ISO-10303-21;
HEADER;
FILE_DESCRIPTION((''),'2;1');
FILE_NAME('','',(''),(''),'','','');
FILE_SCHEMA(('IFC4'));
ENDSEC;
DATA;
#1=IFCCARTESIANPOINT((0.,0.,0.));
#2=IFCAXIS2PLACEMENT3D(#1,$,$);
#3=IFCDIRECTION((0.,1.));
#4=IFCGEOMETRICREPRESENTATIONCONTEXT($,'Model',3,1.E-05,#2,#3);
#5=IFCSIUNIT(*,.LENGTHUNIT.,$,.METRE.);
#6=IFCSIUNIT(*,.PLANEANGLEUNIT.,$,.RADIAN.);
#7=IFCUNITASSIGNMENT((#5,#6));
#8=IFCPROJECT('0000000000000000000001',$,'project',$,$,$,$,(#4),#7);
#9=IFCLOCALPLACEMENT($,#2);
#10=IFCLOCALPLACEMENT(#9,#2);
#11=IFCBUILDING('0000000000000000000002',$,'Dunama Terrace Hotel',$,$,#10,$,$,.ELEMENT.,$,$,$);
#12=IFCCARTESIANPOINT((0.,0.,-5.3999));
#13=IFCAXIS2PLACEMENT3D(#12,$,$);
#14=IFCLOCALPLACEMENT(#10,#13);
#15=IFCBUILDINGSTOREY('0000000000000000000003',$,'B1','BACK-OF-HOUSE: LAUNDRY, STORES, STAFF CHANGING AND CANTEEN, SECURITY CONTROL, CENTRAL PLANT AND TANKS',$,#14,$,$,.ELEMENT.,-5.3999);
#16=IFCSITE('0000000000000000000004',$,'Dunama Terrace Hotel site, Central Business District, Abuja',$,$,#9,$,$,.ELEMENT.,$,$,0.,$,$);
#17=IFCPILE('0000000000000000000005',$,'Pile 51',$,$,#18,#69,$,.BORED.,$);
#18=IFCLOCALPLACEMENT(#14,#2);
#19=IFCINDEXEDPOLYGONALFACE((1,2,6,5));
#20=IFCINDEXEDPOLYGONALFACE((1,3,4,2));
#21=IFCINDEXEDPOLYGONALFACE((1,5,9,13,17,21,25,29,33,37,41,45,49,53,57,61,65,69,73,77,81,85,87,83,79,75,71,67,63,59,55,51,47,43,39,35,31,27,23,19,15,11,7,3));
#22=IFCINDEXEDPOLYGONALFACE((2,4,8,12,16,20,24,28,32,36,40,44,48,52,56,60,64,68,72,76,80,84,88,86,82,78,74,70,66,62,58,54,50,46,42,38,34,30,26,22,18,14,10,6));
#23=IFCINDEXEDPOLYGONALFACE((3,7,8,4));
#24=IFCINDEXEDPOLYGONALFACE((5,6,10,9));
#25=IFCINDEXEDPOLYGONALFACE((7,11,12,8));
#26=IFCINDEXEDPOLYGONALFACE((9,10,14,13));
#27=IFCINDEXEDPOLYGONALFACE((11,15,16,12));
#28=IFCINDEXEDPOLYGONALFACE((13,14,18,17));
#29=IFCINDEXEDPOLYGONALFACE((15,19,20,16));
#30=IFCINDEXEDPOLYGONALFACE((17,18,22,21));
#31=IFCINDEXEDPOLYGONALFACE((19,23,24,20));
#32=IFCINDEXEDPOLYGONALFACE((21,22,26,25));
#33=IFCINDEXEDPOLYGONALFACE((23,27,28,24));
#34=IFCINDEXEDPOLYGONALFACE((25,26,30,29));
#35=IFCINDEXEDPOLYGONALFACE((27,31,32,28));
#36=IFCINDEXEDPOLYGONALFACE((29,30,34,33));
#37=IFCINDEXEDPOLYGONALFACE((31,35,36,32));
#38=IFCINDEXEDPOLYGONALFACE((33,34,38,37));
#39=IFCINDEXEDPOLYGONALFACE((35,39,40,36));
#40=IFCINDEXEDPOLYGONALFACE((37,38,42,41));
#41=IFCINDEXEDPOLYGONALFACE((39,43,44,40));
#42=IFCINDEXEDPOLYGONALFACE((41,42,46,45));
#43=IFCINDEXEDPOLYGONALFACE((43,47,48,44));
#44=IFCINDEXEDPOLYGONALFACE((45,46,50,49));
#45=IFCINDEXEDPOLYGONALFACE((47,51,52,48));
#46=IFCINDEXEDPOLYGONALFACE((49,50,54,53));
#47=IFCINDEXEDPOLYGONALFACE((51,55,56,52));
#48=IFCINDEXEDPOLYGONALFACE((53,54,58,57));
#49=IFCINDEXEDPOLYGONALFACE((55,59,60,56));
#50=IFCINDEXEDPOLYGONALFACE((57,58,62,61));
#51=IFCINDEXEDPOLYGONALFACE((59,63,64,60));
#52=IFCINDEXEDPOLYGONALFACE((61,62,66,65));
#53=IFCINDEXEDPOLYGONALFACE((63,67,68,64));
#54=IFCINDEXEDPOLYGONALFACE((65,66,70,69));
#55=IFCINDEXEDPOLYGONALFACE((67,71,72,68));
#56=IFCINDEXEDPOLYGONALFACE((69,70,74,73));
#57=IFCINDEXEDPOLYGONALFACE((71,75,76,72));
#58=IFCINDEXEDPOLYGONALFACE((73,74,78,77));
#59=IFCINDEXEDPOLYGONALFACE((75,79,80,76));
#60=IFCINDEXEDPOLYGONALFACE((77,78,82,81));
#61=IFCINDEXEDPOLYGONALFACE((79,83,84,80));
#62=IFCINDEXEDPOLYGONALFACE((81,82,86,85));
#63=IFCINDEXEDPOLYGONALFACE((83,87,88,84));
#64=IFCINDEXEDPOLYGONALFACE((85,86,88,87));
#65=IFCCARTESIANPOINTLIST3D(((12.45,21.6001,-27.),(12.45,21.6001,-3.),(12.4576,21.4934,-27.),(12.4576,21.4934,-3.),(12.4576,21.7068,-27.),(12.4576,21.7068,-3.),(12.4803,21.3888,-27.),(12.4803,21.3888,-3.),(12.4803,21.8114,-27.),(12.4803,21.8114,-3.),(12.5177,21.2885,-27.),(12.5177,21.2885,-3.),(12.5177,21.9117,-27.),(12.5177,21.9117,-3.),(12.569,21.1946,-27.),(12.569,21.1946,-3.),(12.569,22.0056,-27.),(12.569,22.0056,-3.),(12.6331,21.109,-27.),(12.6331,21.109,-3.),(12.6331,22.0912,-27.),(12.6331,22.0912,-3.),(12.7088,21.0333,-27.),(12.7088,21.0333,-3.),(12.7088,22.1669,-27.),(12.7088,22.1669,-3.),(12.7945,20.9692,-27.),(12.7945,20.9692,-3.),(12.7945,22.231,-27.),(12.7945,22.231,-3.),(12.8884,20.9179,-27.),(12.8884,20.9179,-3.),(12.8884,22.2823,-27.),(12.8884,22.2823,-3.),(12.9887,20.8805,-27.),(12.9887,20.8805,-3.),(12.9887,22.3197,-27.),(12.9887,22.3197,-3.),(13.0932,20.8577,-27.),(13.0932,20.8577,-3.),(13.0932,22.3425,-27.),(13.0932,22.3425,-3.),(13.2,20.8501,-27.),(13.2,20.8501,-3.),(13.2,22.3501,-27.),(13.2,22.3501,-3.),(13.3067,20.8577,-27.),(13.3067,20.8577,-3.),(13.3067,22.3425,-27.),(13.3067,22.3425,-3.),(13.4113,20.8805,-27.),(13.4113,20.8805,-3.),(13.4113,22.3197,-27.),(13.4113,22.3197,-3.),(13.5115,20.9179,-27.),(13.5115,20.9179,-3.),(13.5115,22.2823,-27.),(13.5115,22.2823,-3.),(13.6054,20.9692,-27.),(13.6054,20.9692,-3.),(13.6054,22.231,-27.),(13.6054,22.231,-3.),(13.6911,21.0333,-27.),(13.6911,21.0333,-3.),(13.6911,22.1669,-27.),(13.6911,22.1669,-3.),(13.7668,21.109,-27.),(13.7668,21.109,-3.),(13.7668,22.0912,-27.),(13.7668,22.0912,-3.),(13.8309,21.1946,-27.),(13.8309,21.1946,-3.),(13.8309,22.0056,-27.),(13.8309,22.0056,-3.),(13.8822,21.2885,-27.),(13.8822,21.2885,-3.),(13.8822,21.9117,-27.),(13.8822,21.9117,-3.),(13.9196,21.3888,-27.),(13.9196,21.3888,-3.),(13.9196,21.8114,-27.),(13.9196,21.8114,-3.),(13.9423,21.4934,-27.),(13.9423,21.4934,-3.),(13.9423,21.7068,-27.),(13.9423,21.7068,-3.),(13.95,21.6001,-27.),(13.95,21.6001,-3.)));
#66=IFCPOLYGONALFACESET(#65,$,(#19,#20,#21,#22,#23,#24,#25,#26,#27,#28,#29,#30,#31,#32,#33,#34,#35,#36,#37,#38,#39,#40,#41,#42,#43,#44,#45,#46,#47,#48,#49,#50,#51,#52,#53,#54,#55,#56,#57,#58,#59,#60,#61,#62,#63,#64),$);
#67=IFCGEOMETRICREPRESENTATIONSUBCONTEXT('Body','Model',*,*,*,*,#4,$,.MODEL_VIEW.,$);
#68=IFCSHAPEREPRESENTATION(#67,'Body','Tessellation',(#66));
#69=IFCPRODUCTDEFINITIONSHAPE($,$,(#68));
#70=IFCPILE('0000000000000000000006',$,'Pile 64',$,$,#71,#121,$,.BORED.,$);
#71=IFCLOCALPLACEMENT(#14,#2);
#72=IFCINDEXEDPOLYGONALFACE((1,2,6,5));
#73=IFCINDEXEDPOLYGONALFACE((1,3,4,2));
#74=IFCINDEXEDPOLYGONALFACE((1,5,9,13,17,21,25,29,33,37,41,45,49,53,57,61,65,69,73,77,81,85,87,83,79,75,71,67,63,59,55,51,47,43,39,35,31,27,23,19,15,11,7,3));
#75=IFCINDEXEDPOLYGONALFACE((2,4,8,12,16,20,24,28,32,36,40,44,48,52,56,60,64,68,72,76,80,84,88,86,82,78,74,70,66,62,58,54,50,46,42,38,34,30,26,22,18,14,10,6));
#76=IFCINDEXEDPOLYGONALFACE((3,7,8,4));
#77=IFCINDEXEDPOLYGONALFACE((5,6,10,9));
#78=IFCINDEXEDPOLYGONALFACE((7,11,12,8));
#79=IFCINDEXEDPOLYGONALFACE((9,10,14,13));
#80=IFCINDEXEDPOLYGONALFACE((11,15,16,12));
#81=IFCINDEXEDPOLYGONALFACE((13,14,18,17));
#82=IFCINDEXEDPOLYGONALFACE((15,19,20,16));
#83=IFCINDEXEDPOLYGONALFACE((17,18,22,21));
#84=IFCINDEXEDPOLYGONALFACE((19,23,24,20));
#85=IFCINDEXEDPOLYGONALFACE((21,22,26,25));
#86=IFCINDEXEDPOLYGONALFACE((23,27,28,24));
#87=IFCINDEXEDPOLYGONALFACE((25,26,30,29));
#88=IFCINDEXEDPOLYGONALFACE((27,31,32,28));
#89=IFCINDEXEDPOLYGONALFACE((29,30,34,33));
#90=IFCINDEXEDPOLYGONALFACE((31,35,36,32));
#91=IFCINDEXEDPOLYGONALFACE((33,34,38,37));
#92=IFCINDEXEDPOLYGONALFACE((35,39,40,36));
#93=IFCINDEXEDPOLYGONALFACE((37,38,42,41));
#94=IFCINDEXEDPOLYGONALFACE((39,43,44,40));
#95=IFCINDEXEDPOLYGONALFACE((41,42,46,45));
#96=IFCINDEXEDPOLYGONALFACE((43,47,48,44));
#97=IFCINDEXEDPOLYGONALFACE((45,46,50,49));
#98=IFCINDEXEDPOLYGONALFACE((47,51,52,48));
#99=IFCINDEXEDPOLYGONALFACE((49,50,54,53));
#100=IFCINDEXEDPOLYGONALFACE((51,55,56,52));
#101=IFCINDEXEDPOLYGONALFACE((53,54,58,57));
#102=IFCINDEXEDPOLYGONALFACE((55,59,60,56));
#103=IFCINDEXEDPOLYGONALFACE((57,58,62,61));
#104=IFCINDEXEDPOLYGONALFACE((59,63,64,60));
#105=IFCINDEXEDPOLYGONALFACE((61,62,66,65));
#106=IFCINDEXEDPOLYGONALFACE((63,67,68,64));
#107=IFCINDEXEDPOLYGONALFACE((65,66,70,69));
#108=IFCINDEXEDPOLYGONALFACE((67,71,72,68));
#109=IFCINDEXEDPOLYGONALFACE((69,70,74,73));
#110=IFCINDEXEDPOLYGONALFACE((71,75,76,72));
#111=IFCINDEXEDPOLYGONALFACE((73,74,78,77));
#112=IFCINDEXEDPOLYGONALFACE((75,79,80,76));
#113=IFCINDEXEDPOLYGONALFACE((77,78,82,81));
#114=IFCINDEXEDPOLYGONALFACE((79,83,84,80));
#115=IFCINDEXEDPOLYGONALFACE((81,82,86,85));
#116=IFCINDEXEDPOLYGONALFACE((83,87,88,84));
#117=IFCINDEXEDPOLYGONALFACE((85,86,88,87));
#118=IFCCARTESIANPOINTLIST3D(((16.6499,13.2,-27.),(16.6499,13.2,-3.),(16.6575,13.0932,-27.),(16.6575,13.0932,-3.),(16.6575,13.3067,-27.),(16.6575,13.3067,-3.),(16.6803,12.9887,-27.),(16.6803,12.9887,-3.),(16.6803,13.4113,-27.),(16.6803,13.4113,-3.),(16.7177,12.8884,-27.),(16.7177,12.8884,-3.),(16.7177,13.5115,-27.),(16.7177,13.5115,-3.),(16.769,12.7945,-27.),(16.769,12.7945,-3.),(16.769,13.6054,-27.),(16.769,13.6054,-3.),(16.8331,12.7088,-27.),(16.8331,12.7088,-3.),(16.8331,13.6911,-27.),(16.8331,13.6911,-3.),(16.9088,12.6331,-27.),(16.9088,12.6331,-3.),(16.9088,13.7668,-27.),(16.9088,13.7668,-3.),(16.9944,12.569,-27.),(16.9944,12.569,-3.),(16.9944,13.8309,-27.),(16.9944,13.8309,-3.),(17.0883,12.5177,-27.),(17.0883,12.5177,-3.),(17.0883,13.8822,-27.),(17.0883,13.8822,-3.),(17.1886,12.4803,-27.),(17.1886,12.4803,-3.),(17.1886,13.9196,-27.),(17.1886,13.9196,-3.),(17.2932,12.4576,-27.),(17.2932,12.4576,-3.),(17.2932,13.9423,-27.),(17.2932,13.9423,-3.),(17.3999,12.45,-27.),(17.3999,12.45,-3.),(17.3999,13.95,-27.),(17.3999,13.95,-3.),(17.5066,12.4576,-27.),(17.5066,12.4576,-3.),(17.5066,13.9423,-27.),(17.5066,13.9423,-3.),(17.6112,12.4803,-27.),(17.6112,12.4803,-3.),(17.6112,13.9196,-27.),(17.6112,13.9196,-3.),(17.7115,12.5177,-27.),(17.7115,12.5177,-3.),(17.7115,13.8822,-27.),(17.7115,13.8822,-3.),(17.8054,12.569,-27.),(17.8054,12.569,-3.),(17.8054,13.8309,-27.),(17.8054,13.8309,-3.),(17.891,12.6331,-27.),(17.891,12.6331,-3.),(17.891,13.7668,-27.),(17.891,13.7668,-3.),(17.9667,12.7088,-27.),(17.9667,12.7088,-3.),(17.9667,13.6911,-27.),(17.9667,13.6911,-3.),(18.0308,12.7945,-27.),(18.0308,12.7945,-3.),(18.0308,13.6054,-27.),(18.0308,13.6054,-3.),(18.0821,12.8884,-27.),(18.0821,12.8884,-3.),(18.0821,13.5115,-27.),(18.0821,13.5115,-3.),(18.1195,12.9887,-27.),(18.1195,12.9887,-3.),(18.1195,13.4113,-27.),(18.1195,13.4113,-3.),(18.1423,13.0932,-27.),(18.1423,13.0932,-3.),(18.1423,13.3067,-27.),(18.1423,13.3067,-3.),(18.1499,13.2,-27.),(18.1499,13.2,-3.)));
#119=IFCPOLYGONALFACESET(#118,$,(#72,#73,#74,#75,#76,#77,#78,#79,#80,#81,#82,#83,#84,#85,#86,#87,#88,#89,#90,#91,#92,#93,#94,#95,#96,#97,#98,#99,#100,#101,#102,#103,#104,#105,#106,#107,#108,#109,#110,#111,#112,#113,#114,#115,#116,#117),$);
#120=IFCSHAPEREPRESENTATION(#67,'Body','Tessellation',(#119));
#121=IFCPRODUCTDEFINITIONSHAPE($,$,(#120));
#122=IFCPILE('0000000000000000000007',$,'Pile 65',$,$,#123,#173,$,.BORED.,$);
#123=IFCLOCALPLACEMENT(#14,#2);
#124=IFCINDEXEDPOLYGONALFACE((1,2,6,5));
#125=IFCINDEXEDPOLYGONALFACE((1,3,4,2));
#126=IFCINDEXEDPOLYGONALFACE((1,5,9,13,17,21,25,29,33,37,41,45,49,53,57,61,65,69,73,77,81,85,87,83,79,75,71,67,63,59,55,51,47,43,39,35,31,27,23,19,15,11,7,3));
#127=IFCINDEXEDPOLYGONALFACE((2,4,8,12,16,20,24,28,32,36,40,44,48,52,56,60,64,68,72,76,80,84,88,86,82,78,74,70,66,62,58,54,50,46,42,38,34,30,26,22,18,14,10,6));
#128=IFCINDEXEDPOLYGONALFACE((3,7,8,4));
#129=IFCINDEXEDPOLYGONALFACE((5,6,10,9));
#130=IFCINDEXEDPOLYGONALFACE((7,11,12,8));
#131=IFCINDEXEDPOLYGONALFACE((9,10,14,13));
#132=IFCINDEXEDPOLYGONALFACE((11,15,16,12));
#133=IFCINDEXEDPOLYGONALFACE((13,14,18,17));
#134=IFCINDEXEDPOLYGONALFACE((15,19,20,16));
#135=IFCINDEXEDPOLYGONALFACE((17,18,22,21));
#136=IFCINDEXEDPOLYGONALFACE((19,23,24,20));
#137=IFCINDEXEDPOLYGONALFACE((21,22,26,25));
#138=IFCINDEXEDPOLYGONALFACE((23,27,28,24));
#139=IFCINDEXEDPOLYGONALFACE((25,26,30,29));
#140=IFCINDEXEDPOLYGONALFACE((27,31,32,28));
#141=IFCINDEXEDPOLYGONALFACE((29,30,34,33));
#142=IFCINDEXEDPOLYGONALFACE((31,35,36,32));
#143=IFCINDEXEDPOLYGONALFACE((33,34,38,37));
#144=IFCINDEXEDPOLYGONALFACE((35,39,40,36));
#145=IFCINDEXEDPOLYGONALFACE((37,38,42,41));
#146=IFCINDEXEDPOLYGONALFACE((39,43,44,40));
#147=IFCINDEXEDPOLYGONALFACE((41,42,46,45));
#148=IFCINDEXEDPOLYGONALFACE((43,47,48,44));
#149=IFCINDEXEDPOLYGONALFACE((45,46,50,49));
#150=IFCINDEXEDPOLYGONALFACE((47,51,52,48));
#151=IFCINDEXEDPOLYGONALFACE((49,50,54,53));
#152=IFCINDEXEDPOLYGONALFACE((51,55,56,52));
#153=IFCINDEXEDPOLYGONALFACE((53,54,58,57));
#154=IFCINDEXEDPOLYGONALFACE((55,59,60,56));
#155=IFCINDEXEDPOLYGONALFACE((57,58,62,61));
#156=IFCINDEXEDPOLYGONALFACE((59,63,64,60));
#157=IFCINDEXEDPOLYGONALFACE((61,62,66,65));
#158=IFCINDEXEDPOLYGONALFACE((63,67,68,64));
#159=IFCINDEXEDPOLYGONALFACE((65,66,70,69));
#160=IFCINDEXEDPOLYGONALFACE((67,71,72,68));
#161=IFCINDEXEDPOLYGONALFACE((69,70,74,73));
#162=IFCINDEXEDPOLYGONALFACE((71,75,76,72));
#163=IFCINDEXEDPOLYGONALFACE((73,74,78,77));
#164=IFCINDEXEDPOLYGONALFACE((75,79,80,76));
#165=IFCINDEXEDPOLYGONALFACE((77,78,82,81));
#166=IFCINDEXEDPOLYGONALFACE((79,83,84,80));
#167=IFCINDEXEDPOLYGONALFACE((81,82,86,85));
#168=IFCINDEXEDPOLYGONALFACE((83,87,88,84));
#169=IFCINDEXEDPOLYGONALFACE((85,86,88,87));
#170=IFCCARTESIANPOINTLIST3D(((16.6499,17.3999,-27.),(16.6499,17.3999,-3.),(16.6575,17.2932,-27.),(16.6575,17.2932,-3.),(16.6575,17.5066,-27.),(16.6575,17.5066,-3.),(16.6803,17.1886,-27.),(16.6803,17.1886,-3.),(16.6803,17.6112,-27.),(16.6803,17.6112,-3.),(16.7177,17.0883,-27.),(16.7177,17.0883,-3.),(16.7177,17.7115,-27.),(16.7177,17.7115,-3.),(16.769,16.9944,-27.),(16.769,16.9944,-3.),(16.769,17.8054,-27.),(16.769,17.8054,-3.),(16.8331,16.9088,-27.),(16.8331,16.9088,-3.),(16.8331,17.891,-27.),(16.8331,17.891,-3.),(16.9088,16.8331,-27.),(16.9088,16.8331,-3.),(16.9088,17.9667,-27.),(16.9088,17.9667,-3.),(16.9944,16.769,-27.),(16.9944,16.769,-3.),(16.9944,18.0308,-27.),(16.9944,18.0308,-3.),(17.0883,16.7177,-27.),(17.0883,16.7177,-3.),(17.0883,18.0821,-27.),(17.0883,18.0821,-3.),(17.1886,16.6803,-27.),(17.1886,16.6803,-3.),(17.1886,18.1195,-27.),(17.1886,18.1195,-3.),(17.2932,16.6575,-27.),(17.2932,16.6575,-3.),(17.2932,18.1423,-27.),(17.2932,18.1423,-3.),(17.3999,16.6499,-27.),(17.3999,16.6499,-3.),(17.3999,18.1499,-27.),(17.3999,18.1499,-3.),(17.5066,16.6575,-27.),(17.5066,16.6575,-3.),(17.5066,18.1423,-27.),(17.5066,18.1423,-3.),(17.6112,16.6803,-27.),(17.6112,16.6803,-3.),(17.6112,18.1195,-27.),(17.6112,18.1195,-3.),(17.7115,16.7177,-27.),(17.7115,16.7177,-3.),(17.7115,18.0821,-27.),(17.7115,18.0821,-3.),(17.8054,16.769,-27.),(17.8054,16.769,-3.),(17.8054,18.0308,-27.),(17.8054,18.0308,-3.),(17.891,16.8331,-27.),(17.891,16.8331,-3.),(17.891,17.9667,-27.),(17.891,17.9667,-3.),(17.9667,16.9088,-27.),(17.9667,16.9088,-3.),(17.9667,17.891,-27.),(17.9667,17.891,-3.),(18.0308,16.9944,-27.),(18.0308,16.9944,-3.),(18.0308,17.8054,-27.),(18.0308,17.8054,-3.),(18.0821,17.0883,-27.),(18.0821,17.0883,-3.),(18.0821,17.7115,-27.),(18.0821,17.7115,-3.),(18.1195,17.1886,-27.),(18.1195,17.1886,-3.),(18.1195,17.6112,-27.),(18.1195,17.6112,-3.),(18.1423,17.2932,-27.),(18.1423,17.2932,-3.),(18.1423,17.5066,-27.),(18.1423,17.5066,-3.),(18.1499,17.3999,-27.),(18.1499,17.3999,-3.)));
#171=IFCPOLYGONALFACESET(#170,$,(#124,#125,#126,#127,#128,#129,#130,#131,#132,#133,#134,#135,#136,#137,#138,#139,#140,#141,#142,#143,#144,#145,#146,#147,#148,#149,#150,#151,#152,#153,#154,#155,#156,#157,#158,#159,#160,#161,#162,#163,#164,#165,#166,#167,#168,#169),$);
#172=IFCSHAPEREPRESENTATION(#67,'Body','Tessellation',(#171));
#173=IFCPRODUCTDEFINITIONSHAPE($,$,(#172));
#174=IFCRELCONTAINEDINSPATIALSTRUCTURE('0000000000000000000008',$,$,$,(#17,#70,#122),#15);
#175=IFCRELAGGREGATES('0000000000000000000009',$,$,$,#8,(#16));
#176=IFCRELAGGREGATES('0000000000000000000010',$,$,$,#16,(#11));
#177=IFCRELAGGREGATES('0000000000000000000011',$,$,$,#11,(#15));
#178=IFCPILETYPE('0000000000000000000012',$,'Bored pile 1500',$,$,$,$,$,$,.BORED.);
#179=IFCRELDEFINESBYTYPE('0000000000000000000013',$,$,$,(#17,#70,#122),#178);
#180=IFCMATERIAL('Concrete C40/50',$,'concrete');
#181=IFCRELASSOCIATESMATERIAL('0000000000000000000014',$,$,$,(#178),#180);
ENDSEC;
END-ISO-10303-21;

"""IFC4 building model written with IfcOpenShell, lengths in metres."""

from ifc_helpers import new_model, si_unit, direction, frame, origin, origin_2d, place, context, subcontext, project, spatial, circle, extrude, material, material_profile, profile_set, type_object, element, save


model = new_model("IFC4")

# Units and contexts
model_context = context("Model", 3, precision=1e-05, world=origin(), true_north=direction((0.0, 1.0)))
body_context = subcontext(model_context, "Body", "Model", "MODEL_VIEW")
ifc_project = project(units=[si_unit("LENGTHUNIT", "METRE"), si_unit("PLANEANGLEUNIT", "RADIAN")], contexts=[model_context])

# Site, building, storey
site_placement = place(None, origin())
site = spatial("IfcSite", under=ifc_project, at=site_placement, Name="Dunama Terrace Hotel site, Central Business District, Abuja", CompositionType="ELEMENT", RefElevation=0.0)
building_placement = place(site_placement, origin())
building = spatial("IfcBuilding", under=site, at=building_placement, Name="Dunama Terrace Hotel", CompositionType="ELEMENT")
storey_placement = place(building_placement, frame((0.0, 0.0, -5.3999)))
storey = spatial("IfcBuildingStorey", under=building, at=storey_placement, Name="B1", Description="BACK-OF-HOUSE: LAUNDRY, STORES, STAFF CHANGING AND CANTEEN, SECURITY CONTROL, CENTRAL PLANT AND TANKS", CompositionType="ELEMENT", Elevation=-5.3999)

# Piles
ifc_material_1 = material(Name="Concrete C40/50", Category="concrete")
ifc_material_profile_1 = material_profile(ifc_material_1, circle(Radius=0.75, at=origin_2d()), Name="PILE D1500")
ifc_profile_set_1 = profile_set([ifc_material_profile_1], Name="Concrete C40/50")
pile_type = type_object("IfcPileType", Name="Bored pile 1500", PredefinedType="BORED", material=ifc_profile_set_1)
for number, where, z_axis, x_axis, name in (
    (1, (13.2, 21.6001, -3.0), (0.0, 0.0, -1.0), (1.0, 0.0, 0.0), "Pile 51"),
    (2, (17.3999, 13.2, -3.0), (0.0, 0.0, -1.0), (1.0, 0.0, 0.0), "Pile 64"),
    (3, (17.3999, 17.3999, -3.0), (0.0, 0.0, -1.0), (1.0, 0.0, 0.0), "Pile 65"),
):
    element("IfcPile", number, at=place(storey_placement, frame(where, z_axis=z_axis, x_axis=x_axis)), inside=storey, type_object=pile_type, Name=name, PredefinedType="BORED", context=body_context, shape_type="SweptSolid", body=[
        extrude(circle(Radius=0.75, at=origin_2d()), origin(), (0.0, 0.0, 1.0), 24.0),
    ])

save(model, "model.ifc")
